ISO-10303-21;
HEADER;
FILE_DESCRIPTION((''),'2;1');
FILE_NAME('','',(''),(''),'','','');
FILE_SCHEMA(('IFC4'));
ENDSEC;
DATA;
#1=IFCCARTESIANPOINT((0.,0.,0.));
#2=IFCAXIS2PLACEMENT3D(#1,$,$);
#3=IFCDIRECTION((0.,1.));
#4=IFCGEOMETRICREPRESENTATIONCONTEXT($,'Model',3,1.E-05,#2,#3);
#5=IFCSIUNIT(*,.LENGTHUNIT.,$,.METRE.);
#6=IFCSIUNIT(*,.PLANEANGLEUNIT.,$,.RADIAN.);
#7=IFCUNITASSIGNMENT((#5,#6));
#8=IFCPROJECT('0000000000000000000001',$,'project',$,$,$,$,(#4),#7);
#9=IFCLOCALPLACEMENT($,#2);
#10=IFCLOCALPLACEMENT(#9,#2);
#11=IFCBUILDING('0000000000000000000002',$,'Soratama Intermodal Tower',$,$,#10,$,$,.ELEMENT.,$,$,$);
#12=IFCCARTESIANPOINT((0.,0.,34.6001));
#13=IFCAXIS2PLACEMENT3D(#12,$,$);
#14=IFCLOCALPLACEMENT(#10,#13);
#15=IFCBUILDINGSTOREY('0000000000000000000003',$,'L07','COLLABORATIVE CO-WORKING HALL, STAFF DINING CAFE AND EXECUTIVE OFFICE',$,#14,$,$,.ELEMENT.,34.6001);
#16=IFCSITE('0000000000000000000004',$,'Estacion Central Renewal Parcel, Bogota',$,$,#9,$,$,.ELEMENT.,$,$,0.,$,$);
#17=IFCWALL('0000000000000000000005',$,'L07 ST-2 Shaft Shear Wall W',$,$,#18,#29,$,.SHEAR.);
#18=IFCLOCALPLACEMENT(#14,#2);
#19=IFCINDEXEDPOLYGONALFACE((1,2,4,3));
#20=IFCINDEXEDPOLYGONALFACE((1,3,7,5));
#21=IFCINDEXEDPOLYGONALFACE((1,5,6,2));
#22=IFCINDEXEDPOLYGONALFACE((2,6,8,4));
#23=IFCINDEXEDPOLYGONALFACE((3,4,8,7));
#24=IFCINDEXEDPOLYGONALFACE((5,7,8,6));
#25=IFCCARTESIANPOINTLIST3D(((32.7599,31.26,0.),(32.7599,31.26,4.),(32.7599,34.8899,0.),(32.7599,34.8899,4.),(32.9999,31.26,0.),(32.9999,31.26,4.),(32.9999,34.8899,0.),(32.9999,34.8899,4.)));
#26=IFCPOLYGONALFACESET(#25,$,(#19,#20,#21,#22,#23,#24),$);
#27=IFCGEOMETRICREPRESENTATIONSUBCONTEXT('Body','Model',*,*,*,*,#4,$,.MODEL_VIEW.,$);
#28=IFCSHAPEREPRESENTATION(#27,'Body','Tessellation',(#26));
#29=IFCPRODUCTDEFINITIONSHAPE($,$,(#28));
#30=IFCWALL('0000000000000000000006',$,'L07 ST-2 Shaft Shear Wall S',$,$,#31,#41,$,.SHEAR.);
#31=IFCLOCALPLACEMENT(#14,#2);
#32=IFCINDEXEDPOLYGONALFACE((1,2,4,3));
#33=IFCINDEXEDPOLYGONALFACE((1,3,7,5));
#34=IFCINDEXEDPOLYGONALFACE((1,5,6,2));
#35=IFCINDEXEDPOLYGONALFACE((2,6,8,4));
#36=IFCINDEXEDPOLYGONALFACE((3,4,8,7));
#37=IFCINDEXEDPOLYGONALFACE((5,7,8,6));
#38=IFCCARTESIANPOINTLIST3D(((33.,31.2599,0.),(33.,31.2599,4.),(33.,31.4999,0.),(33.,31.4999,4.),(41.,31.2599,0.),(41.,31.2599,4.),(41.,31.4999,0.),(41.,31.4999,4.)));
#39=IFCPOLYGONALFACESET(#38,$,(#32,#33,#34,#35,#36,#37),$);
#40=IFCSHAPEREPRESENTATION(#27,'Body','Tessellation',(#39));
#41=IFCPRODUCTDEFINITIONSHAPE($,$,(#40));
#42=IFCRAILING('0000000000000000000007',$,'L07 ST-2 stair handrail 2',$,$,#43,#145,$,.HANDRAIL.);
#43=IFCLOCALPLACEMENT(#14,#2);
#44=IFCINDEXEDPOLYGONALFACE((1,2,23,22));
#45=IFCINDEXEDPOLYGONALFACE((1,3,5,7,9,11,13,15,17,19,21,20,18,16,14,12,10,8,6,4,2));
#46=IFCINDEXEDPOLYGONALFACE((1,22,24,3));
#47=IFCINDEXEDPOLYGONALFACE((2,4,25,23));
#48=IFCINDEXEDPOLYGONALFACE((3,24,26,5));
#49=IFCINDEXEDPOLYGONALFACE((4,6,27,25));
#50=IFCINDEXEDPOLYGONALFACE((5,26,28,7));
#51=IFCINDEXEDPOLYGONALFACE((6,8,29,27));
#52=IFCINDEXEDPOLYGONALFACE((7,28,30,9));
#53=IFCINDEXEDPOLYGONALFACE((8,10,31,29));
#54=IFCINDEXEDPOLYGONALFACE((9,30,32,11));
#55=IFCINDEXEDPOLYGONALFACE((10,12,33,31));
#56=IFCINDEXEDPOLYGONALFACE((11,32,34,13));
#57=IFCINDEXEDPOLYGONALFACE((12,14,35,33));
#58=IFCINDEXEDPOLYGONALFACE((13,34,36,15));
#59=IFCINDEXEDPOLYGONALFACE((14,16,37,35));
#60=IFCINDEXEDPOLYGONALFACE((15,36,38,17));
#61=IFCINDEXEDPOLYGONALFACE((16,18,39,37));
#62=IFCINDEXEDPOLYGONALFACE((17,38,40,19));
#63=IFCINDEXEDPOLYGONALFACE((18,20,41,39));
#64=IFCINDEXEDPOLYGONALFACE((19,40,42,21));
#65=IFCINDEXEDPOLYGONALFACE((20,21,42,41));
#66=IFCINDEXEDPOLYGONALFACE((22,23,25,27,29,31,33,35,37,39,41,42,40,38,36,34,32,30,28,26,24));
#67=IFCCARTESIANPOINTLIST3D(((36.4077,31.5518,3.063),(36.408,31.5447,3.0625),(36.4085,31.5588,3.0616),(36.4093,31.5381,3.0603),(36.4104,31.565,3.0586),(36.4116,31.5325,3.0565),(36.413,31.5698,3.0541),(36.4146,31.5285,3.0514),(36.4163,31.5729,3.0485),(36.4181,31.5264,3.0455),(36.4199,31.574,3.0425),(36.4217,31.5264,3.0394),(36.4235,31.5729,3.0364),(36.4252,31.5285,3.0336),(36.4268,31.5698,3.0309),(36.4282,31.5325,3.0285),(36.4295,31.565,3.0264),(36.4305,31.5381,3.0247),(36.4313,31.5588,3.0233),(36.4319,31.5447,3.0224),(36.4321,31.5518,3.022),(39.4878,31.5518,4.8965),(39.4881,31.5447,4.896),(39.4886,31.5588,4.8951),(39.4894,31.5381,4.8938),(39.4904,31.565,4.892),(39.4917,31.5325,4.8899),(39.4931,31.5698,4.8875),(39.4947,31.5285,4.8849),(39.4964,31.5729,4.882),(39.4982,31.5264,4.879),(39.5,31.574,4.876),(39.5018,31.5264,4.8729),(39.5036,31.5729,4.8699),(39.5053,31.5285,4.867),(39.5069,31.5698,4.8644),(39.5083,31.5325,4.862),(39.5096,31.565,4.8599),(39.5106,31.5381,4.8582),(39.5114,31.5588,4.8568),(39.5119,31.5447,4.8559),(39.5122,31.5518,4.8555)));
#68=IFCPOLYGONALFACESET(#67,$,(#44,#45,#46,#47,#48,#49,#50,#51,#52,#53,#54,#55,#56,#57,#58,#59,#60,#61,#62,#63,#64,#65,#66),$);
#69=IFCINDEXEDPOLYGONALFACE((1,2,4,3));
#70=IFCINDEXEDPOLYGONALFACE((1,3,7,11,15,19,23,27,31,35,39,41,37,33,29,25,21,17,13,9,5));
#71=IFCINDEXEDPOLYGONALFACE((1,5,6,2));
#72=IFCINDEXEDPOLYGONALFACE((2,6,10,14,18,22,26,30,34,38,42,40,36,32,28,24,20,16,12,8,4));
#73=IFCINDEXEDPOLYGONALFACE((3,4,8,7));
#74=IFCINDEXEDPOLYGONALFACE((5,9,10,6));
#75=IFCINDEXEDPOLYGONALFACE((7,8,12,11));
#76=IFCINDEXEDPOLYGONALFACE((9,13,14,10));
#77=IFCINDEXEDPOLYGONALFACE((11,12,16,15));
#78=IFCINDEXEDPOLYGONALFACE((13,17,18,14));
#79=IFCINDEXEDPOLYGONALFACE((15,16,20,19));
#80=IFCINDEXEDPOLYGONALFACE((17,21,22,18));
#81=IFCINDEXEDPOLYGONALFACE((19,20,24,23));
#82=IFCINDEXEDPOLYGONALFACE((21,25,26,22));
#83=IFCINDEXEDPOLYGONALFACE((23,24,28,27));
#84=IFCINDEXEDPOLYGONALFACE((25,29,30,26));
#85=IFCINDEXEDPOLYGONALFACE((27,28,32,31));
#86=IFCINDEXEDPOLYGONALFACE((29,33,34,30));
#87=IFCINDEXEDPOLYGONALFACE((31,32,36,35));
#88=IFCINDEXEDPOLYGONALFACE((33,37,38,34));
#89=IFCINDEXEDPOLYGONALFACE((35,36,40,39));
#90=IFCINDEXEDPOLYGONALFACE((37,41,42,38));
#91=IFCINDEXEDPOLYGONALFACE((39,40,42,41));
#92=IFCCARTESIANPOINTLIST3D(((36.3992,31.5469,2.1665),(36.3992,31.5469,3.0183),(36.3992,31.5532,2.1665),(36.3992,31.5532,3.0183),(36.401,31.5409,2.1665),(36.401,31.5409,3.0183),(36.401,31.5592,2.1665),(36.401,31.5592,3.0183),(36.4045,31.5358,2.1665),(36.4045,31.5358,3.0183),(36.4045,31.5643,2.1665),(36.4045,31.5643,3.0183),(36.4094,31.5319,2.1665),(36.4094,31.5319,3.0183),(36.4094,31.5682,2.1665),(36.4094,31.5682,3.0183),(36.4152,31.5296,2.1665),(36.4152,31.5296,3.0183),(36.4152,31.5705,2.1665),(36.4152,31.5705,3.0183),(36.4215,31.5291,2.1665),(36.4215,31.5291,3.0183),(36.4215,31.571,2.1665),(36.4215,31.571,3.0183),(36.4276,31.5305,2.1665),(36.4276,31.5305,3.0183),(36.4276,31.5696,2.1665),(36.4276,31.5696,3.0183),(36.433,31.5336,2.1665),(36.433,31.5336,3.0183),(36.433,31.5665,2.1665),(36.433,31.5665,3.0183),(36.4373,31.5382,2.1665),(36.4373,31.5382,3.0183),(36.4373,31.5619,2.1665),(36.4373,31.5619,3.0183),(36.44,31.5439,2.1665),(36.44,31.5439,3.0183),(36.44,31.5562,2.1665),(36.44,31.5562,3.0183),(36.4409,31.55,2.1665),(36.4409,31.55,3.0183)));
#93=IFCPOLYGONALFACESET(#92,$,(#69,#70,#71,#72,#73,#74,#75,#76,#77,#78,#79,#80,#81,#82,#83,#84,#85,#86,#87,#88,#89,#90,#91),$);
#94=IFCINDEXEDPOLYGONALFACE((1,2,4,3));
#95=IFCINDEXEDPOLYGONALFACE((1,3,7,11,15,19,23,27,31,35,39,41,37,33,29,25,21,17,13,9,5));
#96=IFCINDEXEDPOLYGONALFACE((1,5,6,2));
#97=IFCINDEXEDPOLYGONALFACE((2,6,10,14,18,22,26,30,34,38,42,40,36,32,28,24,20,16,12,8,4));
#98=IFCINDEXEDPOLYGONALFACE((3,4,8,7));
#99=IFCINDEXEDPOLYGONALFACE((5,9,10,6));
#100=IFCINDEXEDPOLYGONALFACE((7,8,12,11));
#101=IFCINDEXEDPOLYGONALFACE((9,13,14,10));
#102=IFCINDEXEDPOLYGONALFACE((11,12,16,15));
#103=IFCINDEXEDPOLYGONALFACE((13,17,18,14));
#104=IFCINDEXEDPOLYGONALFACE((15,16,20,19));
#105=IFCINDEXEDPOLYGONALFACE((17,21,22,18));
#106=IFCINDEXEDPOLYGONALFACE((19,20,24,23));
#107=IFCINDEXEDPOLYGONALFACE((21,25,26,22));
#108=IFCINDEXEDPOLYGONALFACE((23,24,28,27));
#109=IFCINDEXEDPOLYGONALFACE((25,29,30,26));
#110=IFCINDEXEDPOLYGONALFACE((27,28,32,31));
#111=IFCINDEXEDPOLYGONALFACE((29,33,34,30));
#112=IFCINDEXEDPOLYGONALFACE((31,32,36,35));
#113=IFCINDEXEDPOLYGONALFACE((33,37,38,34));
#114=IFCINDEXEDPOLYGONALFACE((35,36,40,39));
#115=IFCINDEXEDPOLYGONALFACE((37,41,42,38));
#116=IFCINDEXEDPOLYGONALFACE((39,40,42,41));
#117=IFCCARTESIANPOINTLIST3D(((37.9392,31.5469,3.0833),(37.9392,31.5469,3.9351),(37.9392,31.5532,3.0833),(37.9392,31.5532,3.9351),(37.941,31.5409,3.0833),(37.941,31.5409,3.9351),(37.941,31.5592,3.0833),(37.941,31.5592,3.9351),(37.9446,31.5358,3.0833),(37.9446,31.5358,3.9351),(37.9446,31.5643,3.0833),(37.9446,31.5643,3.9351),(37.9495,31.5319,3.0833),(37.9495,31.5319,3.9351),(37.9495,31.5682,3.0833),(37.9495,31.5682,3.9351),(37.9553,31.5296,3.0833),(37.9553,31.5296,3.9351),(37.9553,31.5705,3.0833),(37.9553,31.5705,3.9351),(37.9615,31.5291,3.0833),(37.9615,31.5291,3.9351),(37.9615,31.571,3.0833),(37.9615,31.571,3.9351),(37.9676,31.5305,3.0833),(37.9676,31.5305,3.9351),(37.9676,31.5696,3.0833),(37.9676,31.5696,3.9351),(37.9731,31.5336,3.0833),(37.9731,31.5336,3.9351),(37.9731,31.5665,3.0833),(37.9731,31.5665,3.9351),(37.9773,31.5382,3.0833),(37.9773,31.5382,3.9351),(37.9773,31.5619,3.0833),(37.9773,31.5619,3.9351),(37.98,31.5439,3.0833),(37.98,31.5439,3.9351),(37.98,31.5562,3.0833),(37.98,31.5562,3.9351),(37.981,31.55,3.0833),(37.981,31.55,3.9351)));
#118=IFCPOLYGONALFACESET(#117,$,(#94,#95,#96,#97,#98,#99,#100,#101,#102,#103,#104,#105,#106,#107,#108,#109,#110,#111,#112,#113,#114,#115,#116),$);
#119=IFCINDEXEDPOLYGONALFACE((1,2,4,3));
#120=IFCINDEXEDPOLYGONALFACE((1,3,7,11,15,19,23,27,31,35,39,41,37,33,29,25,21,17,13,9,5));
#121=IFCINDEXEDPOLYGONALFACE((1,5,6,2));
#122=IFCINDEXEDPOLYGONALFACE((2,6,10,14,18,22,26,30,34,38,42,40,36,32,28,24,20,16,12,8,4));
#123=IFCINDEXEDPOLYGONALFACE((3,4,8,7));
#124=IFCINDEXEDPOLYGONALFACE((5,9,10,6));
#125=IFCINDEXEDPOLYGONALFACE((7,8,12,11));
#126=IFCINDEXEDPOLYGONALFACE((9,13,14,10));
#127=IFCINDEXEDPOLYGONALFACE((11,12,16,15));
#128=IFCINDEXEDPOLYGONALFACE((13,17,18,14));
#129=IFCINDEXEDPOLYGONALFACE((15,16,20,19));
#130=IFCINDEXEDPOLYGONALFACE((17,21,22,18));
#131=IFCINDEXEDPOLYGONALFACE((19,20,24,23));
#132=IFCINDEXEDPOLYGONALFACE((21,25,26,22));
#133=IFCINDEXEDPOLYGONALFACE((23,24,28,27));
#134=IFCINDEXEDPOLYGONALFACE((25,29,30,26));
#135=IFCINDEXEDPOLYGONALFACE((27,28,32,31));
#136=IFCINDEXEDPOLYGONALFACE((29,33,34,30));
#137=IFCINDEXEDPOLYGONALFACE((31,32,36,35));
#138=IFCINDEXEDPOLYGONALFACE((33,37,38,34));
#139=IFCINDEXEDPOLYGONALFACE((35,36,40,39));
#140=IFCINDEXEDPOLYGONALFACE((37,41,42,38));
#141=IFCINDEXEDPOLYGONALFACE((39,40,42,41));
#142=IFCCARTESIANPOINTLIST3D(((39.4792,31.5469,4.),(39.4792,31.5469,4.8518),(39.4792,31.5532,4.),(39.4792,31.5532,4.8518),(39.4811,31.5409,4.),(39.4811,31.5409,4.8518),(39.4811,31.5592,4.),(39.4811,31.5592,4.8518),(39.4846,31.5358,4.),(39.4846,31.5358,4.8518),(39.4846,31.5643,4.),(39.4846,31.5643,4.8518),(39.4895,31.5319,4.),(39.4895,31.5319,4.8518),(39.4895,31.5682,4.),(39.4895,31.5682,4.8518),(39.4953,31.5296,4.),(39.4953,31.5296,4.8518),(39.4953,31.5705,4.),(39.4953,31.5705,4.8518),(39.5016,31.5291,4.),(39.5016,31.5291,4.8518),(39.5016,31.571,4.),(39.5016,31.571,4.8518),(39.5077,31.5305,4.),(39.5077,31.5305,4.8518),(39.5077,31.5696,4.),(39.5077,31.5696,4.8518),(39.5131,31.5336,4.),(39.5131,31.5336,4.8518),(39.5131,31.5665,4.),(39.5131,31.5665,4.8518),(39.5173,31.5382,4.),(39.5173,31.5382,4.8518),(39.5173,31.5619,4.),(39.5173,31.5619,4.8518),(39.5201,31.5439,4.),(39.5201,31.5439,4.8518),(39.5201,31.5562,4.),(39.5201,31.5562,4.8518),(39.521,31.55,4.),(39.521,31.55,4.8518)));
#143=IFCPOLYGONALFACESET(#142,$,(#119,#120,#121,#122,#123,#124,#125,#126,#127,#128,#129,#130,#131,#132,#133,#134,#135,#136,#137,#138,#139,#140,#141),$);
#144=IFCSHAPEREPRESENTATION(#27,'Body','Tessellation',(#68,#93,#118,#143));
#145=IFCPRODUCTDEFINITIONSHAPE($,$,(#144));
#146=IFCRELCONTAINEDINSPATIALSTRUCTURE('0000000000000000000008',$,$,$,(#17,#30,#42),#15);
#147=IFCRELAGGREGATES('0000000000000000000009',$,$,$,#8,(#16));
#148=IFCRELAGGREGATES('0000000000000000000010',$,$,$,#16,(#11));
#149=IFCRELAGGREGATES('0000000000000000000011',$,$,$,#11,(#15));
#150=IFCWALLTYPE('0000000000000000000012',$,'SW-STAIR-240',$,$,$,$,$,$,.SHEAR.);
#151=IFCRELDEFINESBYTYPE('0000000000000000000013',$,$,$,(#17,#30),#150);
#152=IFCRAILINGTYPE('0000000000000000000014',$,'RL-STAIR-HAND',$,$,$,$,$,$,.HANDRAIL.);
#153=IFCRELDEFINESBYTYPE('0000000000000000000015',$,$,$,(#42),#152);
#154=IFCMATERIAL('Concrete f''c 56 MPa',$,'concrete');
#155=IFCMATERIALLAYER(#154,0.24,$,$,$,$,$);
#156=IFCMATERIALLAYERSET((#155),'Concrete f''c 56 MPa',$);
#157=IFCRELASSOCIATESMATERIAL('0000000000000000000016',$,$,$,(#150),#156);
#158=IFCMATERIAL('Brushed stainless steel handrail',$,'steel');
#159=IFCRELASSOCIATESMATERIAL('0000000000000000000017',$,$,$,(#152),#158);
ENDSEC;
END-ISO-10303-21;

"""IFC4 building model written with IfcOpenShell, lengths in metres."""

from ifc_helpers import new_model, si_unit, direction, frame, frame_2d, origin, origin_2d, place, context, subcontext, project, spatial, rectangle, circle, extrude, material, layer, layer_set, type_object, element, save


model = new_model("IFC4")

# Units and contexts
model_context = context("Model", 3, precision=1e-05, world=origin(), true_north=direction((0.0, 1.0)))
body_context = subcontext(model_context, "Body", "Model", "MODEL_VIEW")
ifc_project = project(units=[si_unit("LENGTHUNIT", "METRE"), si_unit("PLANEANGLEUNIT", "RADIAN")], contexts=[model_context])

# Site, building, storey
site_placement = place(None, origin())
site = spatial("IfcSite", under=ifc_project, at=site_placement, Name="Estacion Central Renewal Parcel, Bogota", CompositionType="ELEMENT", RefElevation=0.0)
building_placement = place(site_placement, origin())
building = spatial("IfcBuilding", under=site, at=building_placement, Name="Soratama Intermodal Tower", CompositionType="ELEMENT")
storey_placement = place(building_placement, frame((0.0, 0.0, 34.6001)))
storey = spatial("IfcBuildingStorey", under=building, at=storey_placement, Name="L07", Description="COLLABORATIVE CO-WORKING HALL, STAFF DINING CAFE AND EXECUTIVE OFFICE", CompositionType="ELEMENT", Elevation=34.6001)

# Walls
ifc_material_1 = material(Name="Concrete f'c 56 MPa", Category="concrete")
ifc_layer_1 = layer(ifc_material_1, 0.24)
ifc_layer_set_1 = layer_set([ifc_layer_1], Name="Concrete f'c 56 MPa")
wall_type_1 = type_object("IfcWallType", Name="SW-STAIR-240", PredefinedType="SHEAR", material=ifc_layer_set_1)
wall_1_placement = place(storey_placement, frame((32.8799, 31.26, 0.0), z_axis=(0.0, 0.0, 1.0), x_axis=(0.0, 1.0, 0.0)))
element("IfcWall", 1, at=wall_1_placement, inside=storey, type_object=wall_type_1, Name="L07 ST-2 Shaft Shear Wall W", PredefinedType="SHEAR", context=body_context, shape_type="SweptSolid", body=[
    extrude(rectangle(XDim=3.6299, YDim=0.24, at=frame_2d((1.8149, 0.0))), origin(), (0.0, 0.0, 1.0), 4.0),
])
wall_2_placement = place(storey_placement, frame((33.0, 31.3799, 0.0), z_axis=(0.0, 0.0, 1.0), x_axis=(1.0, 0.0, 0.0)))
element("IfcWall", 2, at=wall_2_placement, inside=storey, type_object=wall_type_1, Name="L07 ST-2 Shaft Shear Wall S", PredefinedType="SHEAR", context=body_context, shape_type="SweptSolid", body=[
    extrude(rectangle(XDim=8.0, YDim=0.24, at=frame_2d((4.0, 0.0))), origin(), (0.0, 0.0, 1.0), 4.0),
])

# Railing
ifc_material_2 = material(Name="Brushed stainless steel handrail", Category="steel")
railing_type = type_object("IfcRailingType", Name="RL-STAIR-HAND", PredefinedType="HANDRAIL", material=ifc_material_2)
railing_placement = place(storey_placement, frame((36.4199, 31.55, 2.1665)))
element("IfcRailing", 3, at=railing_placement, inside=storey, type_object=railing_type, Name="L07 ST-2 stair handrail 2", PredefinedType="HANDRAIL", context=body_context, shape_type="SweptSolid", body=[
    extrude(circle(Radius=0.0239, at=origin_2d()), frame((0.0, 0.0, 0.876), z_axis=(0.859279, 0.0, 0.511508), x_axis=(0.0, 1.0, 0.0)), (0.0, 0.0, 1.0), 3.5845),
    extrude(circle(Radius=0.021, at=origin_2d()), origin(), (0.0, 0.0, 1.0), 0.8518),
    extrude(circle(Radius=0.021, at=origin_2d()), frame((1.54, 0.0, 0.9167)), (0.0, 0.0, 1.0), 0.8518),
    extrude(circle(Radius=0.021, at=origin_2d()), frame((3.0801, 0.0, 1.8335)), (0.0, 0.0, 1.0), 0.8518),
])

save(model, "model.ifc")
